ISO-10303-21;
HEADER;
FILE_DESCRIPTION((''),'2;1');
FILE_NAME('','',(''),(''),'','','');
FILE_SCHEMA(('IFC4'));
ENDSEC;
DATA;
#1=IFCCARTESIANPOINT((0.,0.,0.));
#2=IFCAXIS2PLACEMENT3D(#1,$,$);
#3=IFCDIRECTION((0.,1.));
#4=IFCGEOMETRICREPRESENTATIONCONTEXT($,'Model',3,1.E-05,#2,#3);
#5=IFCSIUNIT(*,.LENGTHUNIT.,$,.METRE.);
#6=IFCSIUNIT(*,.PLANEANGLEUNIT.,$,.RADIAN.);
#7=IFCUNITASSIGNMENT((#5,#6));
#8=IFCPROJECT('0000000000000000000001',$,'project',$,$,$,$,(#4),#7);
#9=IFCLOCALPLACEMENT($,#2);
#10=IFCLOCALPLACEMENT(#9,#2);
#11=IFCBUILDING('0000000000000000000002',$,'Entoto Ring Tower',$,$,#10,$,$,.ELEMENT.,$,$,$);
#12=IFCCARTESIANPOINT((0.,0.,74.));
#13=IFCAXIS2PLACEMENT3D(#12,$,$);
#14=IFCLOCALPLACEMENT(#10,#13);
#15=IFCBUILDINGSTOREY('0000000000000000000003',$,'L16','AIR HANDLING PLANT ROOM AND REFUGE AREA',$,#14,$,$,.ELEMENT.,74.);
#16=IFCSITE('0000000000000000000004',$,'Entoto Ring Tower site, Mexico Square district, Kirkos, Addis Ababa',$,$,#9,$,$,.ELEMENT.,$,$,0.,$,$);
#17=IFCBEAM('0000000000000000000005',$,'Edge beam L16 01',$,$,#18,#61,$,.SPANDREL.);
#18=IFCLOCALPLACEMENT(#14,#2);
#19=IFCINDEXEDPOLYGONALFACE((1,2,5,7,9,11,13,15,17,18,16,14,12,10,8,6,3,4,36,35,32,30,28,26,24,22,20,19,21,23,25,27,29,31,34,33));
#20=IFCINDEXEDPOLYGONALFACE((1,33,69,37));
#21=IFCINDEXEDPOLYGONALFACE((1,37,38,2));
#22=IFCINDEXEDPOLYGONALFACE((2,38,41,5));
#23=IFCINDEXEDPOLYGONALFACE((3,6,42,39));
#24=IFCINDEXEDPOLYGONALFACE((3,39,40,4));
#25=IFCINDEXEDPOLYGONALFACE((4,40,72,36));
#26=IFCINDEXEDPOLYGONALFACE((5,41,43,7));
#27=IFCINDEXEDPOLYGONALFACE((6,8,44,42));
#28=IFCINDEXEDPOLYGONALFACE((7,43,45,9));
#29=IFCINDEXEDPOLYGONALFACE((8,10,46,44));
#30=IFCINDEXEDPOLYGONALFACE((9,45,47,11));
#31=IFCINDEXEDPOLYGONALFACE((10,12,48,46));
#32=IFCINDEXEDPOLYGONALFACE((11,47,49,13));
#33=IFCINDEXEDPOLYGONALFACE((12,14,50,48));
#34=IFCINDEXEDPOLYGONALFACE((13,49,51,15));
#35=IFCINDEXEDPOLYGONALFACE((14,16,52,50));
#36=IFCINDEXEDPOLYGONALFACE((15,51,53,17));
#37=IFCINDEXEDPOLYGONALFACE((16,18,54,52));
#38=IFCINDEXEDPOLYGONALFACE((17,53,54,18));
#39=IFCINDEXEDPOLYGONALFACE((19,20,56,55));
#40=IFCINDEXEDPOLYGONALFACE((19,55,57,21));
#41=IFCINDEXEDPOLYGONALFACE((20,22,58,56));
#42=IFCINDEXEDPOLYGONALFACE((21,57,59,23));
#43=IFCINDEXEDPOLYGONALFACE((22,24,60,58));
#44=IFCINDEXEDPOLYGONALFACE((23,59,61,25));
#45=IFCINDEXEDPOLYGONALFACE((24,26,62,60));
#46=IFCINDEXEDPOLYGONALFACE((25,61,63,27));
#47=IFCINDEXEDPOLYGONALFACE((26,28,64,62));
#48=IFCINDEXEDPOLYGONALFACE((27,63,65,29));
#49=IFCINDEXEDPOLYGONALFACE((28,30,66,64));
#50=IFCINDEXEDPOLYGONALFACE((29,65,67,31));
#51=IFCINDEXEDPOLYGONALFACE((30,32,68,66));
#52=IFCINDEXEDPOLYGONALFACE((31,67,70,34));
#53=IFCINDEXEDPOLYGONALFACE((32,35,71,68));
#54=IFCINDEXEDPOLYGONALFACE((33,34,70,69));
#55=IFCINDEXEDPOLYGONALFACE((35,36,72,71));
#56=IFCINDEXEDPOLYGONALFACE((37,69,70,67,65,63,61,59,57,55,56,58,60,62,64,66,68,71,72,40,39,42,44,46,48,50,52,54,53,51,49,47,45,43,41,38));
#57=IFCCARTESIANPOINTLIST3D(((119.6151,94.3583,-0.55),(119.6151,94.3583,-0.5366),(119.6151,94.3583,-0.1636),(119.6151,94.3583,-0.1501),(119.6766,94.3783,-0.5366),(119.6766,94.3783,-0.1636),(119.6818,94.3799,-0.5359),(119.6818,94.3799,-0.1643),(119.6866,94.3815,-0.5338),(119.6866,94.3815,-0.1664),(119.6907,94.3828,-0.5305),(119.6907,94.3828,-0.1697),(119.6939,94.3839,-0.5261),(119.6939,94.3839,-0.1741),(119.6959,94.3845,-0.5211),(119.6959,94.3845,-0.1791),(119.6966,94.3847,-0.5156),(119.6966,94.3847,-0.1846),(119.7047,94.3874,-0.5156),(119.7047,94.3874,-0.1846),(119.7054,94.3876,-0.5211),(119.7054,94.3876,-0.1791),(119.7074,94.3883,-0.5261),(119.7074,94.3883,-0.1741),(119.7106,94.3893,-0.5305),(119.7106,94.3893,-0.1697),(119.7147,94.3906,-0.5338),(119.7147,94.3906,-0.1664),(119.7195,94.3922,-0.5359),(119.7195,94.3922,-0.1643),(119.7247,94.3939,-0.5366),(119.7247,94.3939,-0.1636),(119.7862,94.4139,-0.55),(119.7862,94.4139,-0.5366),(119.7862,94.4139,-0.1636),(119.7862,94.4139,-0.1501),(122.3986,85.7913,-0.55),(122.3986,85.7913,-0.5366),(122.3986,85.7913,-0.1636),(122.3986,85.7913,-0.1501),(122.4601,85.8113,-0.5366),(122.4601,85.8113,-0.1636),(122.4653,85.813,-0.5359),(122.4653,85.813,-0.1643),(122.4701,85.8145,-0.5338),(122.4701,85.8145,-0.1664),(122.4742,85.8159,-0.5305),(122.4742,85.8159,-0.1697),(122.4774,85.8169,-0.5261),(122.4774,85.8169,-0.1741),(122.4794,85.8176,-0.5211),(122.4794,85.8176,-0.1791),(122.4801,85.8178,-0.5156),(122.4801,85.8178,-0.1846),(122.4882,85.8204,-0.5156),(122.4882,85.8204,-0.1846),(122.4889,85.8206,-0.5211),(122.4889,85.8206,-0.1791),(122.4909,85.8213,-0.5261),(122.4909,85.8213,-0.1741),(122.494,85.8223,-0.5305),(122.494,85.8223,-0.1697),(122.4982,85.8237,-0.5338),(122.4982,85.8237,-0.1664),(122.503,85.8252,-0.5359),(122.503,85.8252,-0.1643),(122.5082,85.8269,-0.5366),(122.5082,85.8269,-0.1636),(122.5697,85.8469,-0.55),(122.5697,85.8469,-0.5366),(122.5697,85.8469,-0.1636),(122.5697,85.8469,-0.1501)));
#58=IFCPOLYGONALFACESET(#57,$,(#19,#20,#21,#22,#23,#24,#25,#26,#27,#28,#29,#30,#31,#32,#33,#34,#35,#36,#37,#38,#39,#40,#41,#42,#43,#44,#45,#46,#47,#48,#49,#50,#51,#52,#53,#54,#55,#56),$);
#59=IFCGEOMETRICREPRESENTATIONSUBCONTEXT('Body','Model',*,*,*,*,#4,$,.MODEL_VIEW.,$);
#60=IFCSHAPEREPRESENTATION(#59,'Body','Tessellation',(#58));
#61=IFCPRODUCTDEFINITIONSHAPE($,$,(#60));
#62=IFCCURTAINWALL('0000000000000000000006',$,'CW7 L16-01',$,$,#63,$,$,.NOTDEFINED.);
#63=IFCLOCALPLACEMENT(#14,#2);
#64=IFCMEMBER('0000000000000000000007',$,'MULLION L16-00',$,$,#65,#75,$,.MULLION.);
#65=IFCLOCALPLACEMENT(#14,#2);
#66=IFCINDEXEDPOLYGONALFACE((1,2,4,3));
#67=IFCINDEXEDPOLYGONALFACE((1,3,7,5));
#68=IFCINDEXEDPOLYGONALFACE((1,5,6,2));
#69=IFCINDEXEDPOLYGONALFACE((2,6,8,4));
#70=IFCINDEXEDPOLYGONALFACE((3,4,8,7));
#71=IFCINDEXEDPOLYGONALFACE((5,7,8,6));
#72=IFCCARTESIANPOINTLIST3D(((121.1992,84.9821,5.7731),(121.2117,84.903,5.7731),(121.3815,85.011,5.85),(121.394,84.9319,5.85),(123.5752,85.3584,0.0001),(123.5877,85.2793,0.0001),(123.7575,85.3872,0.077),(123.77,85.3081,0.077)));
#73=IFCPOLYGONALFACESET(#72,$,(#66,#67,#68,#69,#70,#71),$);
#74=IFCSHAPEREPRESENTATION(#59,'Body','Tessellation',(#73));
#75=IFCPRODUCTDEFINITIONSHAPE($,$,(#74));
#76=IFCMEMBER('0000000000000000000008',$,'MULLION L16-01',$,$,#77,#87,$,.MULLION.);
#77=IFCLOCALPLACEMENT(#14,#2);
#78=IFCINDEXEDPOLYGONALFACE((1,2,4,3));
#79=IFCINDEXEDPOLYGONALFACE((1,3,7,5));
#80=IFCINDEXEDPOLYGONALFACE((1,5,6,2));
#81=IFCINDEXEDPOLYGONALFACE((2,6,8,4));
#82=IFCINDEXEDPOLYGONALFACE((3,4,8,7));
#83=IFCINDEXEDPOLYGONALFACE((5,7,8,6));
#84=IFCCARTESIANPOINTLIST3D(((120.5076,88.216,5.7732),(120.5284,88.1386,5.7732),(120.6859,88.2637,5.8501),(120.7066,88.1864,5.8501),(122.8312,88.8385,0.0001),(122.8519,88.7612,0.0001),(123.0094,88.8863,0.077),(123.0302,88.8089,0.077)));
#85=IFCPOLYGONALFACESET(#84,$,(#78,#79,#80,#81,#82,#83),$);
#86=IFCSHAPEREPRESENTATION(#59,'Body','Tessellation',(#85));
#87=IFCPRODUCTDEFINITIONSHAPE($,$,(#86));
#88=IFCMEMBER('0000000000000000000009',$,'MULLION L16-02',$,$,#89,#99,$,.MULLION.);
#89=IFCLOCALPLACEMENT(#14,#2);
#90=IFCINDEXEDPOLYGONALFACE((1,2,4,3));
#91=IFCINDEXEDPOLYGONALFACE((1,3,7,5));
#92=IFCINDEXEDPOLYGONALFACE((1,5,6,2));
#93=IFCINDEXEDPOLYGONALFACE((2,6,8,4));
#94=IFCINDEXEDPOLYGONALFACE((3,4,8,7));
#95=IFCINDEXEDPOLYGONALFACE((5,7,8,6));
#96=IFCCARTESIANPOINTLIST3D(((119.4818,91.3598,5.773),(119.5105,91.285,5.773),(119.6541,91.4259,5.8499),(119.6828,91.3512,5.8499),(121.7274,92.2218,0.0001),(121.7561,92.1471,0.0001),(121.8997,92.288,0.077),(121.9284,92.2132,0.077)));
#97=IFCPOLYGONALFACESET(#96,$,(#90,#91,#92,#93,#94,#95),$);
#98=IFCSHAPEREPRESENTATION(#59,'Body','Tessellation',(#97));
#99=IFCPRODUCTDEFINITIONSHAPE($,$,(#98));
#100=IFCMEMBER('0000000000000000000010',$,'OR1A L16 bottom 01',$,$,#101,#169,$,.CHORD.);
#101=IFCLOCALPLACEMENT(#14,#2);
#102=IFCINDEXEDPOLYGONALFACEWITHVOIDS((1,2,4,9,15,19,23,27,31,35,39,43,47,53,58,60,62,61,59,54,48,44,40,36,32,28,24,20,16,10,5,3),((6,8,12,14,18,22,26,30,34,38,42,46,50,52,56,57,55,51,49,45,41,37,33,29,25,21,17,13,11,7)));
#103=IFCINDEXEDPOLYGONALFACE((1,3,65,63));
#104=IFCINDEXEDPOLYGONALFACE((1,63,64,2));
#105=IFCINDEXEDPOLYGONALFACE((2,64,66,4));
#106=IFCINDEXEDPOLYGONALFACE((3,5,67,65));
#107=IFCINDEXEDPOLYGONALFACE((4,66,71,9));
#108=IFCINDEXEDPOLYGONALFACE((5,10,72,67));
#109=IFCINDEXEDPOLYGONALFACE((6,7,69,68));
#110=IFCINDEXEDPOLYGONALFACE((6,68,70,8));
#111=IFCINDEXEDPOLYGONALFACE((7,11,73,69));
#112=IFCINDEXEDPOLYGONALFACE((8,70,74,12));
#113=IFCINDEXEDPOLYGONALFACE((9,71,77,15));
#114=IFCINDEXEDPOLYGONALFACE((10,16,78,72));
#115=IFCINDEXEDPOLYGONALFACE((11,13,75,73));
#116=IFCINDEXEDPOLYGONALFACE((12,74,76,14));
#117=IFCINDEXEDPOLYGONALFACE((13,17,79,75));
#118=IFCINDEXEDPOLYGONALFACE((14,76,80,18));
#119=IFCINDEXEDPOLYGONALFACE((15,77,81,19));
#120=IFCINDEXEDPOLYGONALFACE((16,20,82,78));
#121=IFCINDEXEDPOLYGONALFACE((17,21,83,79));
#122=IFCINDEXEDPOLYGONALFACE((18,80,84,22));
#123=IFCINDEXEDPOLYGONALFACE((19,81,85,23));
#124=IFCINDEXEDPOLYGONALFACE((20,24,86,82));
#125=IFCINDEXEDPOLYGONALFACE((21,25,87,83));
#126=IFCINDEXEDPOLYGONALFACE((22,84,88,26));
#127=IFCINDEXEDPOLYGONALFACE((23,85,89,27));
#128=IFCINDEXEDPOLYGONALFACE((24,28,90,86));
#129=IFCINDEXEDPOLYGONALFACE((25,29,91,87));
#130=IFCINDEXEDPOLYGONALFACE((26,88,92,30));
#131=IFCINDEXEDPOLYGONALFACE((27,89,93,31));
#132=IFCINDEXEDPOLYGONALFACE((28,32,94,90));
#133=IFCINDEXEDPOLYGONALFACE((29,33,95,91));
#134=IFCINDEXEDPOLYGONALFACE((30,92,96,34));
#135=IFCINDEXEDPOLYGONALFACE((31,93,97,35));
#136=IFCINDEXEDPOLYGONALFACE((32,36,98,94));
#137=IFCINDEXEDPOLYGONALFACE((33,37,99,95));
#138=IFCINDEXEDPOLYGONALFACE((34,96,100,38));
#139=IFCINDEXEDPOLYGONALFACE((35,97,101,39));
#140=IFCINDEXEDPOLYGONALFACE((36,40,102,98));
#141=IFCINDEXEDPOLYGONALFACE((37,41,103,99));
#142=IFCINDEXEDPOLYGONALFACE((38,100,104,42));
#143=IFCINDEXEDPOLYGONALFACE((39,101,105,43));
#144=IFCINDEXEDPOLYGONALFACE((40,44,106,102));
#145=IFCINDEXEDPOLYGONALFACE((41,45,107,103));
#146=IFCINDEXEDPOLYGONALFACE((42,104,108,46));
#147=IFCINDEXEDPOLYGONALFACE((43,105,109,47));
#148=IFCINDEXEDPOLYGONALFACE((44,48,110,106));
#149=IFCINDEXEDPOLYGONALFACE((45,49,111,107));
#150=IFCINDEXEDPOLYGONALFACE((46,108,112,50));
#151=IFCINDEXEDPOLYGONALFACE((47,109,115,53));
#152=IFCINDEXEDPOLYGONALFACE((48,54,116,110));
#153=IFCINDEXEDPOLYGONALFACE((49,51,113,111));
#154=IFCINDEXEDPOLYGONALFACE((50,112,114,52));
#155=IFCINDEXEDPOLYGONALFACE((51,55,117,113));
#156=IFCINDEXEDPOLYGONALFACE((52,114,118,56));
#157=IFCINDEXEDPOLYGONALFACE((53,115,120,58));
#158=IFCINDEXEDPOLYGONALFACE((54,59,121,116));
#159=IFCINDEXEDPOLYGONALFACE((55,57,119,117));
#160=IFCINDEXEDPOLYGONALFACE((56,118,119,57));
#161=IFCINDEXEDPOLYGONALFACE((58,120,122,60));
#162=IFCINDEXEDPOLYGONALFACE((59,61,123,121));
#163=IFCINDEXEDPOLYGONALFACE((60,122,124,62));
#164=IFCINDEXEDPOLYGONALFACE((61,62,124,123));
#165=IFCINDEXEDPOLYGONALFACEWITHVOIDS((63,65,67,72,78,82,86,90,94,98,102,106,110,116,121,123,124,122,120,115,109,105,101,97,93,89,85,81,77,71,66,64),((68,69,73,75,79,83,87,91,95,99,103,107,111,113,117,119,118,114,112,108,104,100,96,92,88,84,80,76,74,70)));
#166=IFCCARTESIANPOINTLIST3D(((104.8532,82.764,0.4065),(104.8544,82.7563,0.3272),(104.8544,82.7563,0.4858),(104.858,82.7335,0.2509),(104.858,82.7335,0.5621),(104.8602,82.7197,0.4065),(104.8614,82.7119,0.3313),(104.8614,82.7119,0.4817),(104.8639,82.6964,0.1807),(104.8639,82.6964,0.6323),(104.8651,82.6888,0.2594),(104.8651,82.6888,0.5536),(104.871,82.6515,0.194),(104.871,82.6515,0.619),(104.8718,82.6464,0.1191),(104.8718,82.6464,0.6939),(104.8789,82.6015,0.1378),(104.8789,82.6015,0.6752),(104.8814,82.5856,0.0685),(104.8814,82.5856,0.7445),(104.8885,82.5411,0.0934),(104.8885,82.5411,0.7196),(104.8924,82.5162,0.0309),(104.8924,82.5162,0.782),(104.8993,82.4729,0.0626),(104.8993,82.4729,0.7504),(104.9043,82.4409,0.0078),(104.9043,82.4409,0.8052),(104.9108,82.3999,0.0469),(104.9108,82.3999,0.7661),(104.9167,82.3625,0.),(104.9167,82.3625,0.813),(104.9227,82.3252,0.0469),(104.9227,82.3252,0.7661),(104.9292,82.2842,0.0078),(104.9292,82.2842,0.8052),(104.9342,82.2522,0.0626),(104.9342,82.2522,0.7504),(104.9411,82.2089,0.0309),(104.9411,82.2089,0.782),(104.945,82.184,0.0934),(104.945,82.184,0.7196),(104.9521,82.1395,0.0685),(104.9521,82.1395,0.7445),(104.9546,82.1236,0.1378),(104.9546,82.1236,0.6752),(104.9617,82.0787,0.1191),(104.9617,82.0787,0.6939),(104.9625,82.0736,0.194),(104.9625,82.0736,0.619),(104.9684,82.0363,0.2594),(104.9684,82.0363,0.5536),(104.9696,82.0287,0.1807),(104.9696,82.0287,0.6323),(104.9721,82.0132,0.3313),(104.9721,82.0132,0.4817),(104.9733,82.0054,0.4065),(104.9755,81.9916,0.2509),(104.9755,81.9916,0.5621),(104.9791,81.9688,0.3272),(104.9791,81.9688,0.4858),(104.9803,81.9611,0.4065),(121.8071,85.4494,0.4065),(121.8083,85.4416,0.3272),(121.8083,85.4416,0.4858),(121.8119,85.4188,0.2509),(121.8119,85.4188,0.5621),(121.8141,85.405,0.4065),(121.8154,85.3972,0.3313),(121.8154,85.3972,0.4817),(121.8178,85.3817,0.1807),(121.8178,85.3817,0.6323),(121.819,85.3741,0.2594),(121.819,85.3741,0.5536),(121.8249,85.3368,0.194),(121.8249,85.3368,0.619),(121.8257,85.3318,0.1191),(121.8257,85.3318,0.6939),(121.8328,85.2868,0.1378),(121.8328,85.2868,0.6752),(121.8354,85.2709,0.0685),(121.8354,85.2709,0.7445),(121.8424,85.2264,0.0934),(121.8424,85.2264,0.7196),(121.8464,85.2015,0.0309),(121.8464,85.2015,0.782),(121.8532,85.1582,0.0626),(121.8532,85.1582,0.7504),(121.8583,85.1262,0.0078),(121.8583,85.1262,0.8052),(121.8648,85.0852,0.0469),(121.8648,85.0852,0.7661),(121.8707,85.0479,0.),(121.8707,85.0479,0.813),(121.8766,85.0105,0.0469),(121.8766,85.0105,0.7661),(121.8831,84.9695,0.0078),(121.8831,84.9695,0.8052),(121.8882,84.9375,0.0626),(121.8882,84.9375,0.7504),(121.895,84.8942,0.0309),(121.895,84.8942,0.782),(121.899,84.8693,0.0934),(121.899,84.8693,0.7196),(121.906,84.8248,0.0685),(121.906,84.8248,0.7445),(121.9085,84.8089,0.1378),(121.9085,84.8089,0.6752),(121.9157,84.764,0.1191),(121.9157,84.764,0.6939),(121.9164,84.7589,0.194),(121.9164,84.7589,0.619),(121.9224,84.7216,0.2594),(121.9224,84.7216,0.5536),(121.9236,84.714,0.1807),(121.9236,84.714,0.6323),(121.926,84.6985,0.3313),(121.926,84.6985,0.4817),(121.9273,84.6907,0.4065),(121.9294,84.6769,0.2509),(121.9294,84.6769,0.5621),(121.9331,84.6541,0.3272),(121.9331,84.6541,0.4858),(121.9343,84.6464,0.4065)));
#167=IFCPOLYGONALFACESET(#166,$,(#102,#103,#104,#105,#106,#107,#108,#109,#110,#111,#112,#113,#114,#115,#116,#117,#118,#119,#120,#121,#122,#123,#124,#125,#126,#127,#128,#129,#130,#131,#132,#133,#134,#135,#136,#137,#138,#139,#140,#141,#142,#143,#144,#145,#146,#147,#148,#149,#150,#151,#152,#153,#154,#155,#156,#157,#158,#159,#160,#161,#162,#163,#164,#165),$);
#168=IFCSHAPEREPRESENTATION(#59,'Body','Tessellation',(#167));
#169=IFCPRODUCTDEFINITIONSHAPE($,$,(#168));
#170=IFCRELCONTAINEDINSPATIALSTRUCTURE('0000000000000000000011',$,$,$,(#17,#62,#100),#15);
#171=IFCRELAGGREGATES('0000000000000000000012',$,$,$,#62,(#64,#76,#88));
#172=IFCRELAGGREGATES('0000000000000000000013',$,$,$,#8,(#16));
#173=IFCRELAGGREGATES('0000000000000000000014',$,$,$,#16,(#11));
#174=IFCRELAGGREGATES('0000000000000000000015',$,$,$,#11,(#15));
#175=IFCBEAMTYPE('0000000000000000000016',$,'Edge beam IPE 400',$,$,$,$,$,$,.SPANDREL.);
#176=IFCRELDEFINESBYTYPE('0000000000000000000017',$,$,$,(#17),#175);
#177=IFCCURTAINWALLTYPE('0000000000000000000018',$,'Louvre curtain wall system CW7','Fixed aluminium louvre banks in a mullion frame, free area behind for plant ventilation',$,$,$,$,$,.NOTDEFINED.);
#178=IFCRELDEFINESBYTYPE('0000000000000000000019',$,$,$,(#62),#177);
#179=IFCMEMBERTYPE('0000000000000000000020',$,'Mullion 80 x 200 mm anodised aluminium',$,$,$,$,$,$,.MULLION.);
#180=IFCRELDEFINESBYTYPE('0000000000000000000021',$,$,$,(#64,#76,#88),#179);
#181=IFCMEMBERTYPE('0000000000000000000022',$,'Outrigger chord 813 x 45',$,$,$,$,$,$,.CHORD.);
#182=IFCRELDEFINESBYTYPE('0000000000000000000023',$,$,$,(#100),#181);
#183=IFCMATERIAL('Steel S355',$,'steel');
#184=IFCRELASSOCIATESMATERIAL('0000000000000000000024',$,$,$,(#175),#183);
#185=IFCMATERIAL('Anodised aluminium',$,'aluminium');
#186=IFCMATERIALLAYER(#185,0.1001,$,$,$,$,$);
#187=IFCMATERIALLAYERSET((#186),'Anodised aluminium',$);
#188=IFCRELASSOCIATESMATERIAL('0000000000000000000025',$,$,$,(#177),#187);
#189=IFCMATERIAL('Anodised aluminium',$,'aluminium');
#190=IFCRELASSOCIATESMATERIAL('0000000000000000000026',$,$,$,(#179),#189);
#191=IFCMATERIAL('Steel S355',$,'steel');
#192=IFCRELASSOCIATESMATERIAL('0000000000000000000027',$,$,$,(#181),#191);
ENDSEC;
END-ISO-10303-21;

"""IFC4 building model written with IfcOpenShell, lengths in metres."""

from ifc_helpers import new_model, si_unit, direction, frame, origin, origin_2d, place, context, subcontext, project, spatial, rectangle, circle, hollow_circle, i_section, extrude, material, layer, layer_set, material_profile, profile_set, type_object, element, aggregate, save


model = new_model("IFC4")

# Units and contexts
model_context = context("Model", 3, precision=1e-05, world=origin(), true_north=direction((0.0, 1.0)))
body_context = subcontext(model_context, "Body", "Model", "MODEL_VIEW")
ifc_project = project(units=[si_unit("LENGTHUNIT", "METRE"), si_unit("PLANEANGLEUNIT", "RADIAN")], contexts=[model_context])

# Site, building, storey
site_placement = place(None, origin())
site = spatial("IfcSite", under=ifc_project, at=site_placement, Name="Entoto Ring Tower site, Mexico Square district, Kirkos, Addis Ababa", CompositionType="ELEMENT", RefElevation=0.0)
building_placement = place(site_placement, origin())
building = spatial("IfcBuilding", under=site, at=building_placement, Name="Entoto Ring Tower", CompositionType="ELEMENT")
storey_placement = place(building_placement, frame((0.0, 0.0, 74.0)))
storey = spatial("IfcBuildingStorey", under=building, at=storey_placement, Name="L16", Description="AIR HANDLING PLANT ROOM AND REFUGE AREA", CompositionType="ELEMENT", Elevation=74.0)

# Beam
ifc_material_1 = material(Name="Steel S355", Category="steel")
ifc_material_profile_1 = material_profile(ifc_material_1, i_section(OverallWidth=0.1799, OverallDepth=0.3999, WebThickness=0.0085, FlangeThickness=0.0134, FilletRadius=0.021, at=origin_2d()), Name="IPE 400")
ifc_profile_set_1 = profile_set([ifc_material_profile_1], Name="Steel S355")
beam_type_1 = type_object("IfcBeamType", Name="Edge beam IPE 400", PredefinedType="SPANDREL", material=ifc_profile_set_1)
beam_1_placement = place(storey_placement, frame((122.4841, 85.8191, -0.3501), z_axis=(-0.309006, 0.95106, 0.0), x_axis=(-0.95106, -0.309006, 0.0)))
element("IfcBeam", 1, at=beam_1_placement, inside=storey, type_object=beam_type_1, Name="Edge beam L16 01", PredefinedType="SPANDREL", context=body_context, shape_type="SweptSolid", body=[
    extrude(i_section(OverallWidth=0.1799, OverallDepth=0.3999, WebThickness=0.0085, FlangeThickness=0.0134, FilletRadius=0.021, at=origin_2d()), origin(), (0.0, 0.0, 1.0), 9.0078),
])

# Curtain wall, members
ifc_material_2 = material(Name="Anodised aluminium", Category="aluminium")
ifc_layer_1 = layer(ifc_material_2, 0.1001)
ifc_layer_set_1 = layer_set([ifc_layer_1], Name="Anodised aluminium")
curtain_wall_type = type_object("IfcCurtainWallType", Name="Louvre curtain wall system CW7", Description="Fixed aluminium louvre banks in a mullion frame, free area behind for plant ventilation", PredefinedType="NOTDEFINED", material=ifc_layer_set_1)
curtain_wall_placement = place(storey_placement, origin())
curtain_wall = element("IfcCurtainWall", 2, at=curtain_wall_placement, inside=storey, type_object=curtain_wall_type, Name="CW7 L16-01", PredefinedType="NOTDEFINED")
ifc_material_3 = material(Name="Anodised aluminium", Category="aluminium")
ifc_material_profile_2 = material_profile(ifc_material_3, rectangle(XDim=0.0801, YDim=0.2, at=origin_2d()), Name="Mullion 80 x 200 mm anodised aluminium")
ifc_profile_set_2 = profile_set([ifc_material_profile_2], Name="Anodised aluminium")
member_type_1 = type_object("IfcMemberType", Name="Mullion 80 x 200 mm anodised aluminium", PredefinedType="MULLION", material=ifc_profile_set_2)
member_1_placement = place(storey_placement, frame((123.6726, 85.3333, 0.0386), z_axis=(-0.379907, -0.060156, 0.923067), x_axis=(0.156395, -0.987695, 0.0)))
member_1 = element("IfcMember", 3, at=member_1_placement, type_object=member_type_1, Name="MULLION L16-00", PredefinedType="MULLION", context=body_context, shape_type="SweptSolid", body=[
    extrude(rectangle(XDim=0.0801, YDim=0.2, at=origin_2d()), origin(), (0.0, 0.0, 1.0), 6.2542),
])
member_2_placement = place(storey_placement, frame((122.9307, 88.8237, 0.0386), z_axis=(-0.371517, -0.099545, 0.923074), x_axis=(0.258812, -0.965928, 0.0)))
member_2 = element("IfcMember", 4, at=member_2_placement, type_object=member_type_1, Name="MULLION L16-01", PredefinedType="MULLION", context=body_context, shape_type="SweptSolid", body=[
    extrude(rectangle(XDim=0.0801, YDim=0.2, at=origin_2d()), origin(), (0.0, 0.0, 1.0), 6.2542),
])
member_3_placement = place(storey_placement, frame((121.8279, 92.2175, 0.0386), z_axis=(-0.359066, -0.137841, 0.923077), x_axis=(0.358387, -0.933573, 0.0)))
member_3 = element("IfcMember", 5, at=member_3_placement, type_object=member_type_1, Name="MULLION L16-02", PredefinedType="MULLION", context=body_context, shape_type="SweptSolid", body=[
    extrude(rectangle(XDim=0.0801, YDim=0.2, at=origin_2d()), origin(), (0.0, 0.0, 1.0), 6.2539),
])
aggregate(curtain_wall, [member_1, member_2, member_3])

# Member
ifc_material_4 = material(Name="Steel S355", Category="steel")
ifc_material_profile_3 = material_profile(ifc_material_4, hollow_circle(Radius=0.4065, WallThickness=0.0449, at=origin_2d()), Name="CHS 813 x 45")
ifc_material_5 = material(Name="Concrete C60/75", Category="concrete")
ifc_material_profile_4 = material_profile(ifc_material_5, circle(Radius=0.3616, at=origin_2d()), Name="Concrete C60/75 infill")
ifc_profile_set_3 = profile_set([ifc_material_profile_3, ifc_material_profile_4], Name="Steel S355")
member_type_2 = type_object("IfcMemberType", Name="Outrigger chord 813 x 45", PredefinedType="CHORD", material=ifc_profile_set_3)
member_4_placement = place(storey_placement, frame((104.9167, 82.3625, 0.4065), z_axis=(0.987688, 0.156439, 0.0), x_axis=(-0.156439, 0.987688, 0.0)))
element("IfcMember", 6, at=member_4_placement, inside=storey, type_object=member_type_2, Name="OR1A L16 bottom 01", PredefinedType="CHORD", context=body_context, shape_type="SweptSolid", body=[
    extrude(hollow_circle(Radius=0.4065, WallThickness=0.0449, at=origin_2d()), origin(), (0.0, 0.0, 1.0), 17.1653),
])

save(model, "model.ifc")
